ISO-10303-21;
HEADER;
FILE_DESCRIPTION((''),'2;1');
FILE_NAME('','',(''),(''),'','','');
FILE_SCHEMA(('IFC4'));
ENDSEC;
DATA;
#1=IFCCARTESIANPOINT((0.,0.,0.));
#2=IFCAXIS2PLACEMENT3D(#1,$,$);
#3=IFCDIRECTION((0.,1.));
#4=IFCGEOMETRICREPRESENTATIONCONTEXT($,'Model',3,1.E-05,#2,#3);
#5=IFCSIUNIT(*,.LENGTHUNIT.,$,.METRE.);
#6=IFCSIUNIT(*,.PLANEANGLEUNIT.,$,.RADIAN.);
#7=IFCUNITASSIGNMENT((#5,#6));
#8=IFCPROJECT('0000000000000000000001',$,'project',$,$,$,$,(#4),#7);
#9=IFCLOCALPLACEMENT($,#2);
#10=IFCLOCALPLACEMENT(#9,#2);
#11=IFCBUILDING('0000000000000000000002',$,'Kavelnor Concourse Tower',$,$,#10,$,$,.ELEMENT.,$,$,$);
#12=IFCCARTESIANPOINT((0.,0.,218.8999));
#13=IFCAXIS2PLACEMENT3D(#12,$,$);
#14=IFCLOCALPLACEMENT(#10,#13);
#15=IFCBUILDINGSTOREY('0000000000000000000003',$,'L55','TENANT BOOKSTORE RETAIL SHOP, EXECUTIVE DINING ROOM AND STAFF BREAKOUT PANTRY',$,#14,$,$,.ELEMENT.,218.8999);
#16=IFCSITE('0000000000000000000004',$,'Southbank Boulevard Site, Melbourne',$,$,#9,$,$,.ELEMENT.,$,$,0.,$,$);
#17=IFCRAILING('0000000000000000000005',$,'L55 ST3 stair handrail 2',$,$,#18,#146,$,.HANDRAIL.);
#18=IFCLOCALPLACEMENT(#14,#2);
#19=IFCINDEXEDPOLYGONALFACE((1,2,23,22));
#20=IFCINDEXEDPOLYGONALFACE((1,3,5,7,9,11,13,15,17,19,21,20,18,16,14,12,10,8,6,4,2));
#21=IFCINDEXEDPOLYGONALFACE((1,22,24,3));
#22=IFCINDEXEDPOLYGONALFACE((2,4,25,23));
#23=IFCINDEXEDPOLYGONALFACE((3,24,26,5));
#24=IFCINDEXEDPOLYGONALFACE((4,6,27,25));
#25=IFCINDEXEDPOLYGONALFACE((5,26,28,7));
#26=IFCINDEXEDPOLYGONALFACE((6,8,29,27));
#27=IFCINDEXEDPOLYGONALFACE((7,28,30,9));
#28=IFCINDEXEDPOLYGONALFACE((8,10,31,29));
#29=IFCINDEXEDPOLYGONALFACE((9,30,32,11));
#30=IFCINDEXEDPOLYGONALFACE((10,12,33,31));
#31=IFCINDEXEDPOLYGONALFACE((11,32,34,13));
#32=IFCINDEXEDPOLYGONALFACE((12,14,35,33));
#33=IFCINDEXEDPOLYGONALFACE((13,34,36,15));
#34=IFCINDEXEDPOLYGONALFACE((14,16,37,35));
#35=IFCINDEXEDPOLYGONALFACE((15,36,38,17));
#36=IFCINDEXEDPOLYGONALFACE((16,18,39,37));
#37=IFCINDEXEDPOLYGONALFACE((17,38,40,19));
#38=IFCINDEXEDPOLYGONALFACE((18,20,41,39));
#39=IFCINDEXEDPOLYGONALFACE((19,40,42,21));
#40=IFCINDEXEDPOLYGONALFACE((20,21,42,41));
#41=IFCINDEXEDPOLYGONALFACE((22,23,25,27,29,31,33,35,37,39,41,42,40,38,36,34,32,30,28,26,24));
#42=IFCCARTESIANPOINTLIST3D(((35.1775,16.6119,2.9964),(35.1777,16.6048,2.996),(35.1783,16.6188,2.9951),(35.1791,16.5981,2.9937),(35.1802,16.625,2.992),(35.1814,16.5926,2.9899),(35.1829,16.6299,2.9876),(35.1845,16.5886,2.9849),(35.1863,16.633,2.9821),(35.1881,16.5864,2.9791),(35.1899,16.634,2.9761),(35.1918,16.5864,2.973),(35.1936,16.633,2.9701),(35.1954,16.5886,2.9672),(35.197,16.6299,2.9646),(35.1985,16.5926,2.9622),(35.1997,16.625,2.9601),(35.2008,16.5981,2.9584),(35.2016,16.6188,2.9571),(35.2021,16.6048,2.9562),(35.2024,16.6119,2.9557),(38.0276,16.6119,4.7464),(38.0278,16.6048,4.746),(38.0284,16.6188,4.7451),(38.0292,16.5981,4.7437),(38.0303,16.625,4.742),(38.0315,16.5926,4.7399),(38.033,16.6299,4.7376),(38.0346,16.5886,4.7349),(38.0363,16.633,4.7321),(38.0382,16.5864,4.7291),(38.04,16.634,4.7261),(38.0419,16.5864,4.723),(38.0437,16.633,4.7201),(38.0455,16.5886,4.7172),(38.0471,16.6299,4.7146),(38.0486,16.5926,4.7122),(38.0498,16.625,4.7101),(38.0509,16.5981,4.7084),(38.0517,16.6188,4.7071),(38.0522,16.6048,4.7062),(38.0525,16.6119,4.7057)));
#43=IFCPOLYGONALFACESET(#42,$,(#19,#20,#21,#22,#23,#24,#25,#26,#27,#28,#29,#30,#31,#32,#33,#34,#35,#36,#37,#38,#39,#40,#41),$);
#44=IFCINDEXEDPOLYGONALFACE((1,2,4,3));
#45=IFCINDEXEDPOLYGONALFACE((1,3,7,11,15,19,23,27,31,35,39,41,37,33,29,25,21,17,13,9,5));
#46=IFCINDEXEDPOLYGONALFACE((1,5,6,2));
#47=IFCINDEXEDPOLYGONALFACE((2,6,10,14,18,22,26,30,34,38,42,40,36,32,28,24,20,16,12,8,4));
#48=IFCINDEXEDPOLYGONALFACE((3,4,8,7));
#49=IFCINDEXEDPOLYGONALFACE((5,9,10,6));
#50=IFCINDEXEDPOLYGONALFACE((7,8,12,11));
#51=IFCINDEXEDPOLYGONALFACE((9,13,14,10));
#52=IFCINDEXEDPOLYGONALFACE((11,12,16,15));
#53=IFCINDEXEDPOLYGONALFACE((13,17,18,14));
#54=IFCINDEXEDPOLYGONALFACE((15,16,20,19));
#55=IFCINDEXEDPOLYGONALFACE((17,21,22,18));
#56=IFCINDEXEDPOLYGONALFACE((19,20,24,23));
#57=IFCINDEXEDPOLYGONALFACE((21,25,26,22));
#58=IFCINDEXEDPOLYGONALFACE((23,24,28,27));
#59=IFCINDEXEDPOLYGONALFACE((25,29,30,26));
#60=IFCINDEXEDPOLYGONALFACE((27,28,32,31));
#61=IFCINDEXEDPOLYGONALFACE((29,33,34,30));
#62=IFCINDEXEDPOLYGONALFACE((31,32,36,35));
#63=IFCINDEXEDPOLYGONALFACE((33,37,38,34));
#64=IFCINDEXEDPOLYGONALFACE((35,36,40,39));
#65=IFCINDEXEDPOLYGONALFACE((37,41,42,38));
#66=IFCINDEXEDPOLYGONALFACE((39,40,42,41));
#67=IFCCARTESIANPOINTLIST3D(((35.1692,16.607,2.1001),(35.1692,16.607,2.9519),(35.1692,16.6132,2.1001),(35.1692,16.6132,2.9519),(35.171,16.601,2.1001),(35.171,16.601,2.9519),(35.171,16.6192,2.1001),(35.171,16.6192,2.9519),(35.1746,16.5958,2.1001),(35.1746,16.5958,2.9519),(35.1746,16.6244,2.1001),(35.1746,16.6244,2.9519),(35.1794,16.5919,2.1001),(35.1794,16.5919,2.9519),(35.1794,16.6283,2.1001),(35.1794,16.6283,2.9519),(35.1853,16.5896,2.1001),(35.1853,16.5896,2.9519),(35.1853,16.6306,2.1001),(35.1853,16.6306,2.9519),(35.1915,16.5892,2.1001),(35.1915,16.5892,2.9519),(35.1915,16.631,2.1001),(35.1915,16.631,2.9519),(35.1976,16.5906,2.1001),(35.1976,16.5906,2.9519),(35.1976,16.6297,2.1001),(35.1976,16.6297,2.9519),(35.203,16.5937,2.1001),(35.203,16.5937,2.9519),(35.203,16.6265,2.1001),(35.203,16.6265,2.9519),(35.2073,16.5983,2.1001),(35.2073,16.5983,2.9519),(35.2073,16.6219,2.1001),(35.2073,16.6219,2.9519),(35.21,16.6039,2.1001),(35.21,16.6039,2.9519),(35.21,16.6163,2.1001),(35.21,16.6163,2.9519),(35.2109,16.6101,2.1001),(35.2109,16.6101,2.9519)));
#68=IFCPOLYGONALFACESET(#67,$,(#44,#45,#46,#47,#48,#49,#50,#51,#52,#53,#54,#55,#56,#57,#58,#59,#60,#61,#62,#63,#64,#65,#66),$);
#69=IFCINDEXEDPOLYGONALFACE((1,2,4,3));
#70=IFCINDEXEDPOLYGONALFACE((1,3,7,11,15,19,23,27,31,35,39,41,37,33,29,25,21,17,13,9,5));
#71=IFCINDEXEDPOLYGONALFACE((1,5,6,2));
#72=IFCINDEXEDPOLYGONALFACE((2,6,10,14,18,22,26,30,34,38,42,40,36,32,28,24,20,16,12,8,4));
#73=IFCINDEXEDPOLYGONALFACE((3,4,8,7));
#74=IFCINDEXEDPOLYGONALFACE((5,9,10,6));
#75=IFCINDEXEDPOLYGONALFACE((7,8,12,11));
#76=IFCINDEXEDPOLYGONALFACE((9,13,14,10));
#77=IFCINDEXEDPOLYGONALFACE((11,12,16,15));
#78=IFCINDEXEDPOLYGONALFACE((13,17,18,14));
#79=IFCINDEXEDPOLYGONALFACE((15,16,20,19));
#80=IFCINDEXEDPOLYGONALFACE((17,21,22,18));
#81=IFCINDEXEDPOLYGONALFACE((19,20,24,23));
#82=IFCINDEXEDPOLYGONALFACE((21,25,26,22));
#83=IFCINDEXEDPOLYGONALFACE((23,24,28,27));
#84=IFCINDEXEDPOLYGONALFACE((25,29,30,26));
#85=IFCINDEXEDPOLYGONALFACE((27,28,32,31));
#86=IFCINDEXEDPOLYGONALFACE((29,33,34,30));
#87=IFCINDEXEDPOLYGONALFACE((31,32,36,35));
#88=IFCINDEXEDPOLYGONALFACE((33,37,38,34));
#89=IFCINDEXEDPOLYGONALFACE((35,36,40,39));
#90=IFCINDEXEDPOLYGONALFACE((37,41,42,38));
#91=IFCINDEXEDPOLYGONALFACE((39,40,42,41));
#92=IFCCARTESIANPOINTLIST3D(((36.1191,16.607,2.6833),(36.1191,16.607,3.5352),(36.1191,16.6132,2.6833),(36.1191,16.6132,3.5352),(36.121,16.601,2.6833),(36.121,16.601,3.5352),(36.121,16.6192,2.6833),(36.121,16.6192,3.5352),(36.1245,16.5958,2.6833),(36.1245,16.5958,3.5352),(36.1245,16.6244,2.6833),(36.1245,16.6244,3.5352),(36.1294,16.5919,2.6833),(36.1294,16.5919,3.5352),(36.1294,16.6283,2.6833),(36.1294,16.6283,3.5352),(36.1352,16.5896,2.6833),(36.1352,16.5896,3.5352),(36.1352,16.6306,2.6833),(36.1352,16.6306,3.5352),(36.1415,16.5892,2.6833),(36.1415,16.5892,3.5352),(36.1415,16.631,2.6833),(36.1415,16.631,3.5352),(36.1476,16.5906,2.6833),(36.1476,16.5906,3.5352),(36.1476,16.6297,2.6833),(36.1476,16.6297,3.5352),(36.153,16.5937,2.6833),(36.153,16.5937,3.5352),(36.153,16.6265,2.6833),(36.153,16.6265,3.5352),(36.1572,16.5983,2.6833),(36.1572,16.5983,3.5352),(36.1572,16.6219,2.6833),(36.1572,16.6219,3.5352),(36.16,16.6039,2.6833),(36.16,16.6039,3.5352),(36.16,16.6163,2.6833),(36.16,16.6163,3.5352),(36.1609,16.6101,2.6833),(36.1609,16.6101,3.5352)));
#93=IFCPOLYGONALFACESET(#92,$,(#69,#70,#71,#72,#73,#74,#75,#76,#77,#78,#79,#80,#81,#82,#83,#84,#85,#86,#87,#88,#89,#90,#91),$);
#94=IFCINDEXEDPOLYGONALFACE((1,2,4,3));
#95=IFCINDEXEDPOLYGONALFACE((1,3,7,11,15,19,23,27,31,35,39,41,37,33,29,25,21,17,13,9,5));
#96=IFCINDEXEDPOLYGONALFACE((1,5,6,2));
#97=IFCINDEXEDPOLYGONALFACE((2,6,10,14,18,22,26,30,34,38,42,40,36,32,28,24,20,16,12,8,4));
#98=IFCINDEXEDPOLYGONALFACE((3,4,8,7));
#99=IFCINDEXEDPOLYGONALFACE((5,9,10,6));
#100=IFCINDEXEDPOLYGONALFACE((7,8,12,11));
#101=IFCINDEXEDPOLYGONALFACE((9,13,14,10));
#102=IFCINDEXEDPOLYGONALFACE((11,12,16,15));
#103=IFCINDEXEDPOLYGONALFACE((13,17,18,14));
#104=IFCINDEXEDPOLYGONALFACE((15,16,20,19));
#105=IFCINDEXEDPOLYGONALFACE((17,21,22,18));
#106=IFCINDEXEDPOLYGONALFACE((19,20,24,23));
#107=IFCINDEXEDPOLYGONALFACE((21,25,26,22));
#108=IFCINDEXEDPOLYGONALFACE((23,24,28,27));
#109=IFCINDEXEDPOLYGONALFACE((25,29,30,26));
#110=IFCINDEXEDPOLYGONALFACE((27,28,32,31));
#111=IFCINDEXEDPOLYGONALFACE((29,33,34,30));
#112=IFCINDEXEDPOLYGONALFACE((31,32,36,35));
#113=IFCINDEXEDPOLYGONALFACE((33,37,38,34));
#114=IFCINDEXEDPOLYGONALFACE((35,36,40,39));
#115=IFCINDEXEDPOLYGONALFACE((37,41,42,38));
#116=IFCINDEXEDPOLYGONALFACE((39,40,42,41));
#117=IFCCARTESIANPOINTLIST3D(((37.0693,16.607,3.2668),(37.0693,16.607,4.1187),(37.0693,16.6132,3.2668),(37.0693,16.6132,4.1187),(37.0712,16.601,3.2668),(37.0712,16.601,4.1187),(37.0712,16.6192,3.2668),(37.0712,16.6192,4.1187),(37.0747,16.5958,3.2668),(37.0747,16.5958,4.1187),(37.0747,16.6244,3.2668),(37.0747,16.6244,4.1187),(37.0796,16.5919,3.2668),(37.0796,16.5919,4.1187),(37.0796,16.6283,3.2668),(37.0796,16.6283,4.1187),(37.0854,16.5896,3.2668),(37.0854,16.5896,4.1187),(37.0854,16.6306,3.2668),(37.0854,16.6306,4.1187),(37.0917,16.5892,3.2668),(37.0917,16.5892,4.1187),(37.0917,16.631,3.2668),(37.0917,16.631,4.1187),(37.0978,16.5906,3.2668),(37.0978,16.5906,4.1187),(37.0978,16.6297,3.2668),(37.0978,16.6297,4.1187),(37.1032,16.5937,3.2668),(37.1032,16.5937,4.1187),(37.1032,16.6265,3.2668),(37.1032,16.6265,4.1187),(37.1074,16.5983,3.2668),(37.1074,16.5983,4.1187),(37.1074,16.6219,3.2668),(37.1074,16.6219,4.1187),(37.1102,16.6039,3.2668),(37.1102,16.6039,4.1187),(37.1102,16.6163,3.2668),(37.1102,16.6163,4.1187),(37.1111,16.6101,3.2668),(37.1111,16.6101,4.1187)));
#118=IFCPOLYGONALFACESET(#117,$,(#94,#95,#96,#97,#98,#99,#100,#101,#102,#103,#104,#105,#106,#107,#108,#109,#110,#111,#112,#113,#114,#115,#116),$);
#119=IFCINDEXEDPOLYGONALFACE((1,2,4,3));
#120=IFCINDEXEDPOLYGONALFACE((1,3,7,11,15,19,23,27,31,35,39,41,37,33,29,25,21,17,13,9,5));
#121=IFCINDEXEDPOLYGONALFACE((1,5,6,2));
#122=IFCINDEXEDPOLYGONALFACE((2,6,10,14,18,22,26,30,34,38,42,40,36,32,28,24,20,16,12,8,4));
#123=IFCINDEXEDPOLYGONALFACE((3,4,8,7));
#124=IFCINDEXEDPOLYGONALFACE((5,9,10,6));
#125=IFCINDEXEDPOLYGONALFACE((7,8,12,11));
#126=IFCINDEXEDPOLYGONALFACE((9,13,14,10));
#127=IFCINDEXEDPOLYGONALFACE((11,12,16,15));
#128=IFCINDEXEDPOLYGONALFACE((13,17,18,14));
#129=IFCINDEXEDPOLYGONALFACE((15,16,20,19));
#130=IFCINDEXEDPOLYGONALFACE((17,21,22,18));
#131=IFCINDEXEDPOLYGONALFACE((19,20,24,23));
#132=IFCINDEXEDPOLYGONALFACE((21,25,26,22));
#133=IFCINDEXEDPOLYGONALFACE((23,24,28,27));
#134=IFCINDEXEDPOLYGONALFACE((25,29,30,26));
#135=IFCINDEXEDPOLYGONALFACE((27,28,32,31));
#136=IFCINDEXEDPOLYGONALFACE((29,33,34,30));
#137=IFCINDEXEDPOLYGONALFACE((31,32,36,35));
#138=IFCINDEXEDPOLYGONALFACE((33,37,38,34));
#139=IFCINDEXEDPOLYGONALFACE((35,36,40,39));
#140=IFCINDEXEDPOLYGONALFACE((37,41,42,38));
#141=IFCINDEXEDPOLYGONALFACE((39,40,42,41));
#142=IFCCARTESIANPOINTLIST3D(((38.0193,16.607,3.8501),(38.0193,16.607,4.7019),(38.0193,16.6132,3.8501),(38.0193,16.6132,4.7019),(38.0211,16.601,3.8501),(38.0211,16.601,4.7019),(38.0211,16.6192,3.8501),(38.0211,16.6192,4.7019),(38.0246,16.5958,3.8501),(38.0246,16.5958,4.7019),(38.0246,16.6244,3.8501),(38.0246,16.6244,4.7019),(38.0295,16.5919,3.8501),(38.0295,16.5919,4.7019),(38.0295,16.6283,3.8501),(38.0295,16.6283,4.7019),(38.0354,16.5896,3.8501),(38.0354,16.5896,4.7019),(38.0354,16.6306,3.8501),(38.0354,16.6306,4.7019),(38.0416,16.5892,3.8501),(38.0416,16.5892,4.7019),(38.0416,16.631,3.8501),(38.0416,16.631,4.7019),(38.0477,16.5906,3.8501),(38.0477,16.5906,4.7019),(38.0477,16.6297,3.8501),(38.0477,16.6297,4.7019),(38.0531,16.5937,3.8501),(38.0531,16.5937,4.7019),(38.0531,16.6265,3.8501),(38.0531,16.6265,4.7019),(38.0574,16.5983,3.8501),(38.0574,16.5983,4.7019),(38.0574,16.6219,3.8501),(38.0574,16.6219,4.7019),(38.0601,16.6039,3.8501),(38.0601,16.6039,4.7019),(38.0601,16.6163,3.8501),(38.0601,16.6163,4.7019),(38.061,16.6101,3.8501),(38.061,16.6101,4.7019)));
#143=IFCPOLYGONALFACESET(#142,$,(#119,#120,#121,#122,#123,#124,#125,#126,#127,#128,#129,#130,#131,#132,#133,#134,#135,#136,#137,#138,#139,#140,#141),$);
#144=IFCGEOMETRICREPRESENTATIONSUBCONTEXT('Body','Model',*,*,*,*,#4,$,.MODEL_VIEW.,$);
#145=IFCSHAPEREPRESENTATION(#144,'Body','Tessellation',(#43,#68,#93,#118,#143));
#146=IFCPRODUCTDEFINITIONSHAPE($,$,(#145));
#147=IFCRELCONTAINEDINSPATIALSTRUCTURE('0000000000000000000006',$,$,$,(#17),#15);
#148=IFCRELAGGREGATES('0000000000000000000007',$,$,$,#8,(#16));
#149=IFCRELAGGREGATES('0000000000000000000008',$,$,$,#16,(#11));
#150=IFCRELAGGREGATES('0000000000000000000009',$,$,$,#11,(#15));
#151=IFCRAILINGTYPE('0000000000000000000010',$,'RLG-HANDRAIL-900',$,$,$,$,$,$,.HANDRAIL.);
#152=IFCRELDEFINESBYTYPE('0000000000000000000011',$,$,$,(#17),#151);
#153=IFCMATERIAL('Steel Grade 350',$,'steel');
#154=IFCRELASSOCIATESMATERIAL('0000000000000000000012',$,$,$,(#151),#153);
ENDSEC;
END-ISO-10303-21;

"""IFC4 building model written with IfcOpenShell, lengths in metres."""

from ifc_helpers import new_model, si_unit, direction, frame, origin, origin_2d, place, context, subcontext, project, spatial, circle, extrude, material, type_object, element, save


model = new_model("IFC4")

# Units and contexts
model_context = context("Model", 3, precision=1e-05, world=origin(), true_north=direction((0.0, 1.0)))
body_context = subcontext(model_context, "Body", "Model", "MODEL_VIEW")
ifc_project = project(units=[si_unit("LENGTHUNIT", "METRE"), si_unit("PLANEANGLEUNIT", "RADIAN")], contexts=[model_context])

# Site, building, storey
site_placement = place(None, origin())
site = spatial("IfcSite", under=ifc_project, at=site_placement, Name="Southbank Boulevard Site, Melbourne", CompositionType="ELEMENT", RefElevation=0.0)
building_placement = place(site_placement, origin())
building = spatial("IfcBuilding", under=site, at=building_placement, Name="Kavelnor Concourse Tower", CompositionType="ELEMENT")
storey_placement = place(building_placement, frame((0.0, 0.0, 218.8999)))
storey = spatial("IfcBuildingStorey", under=building, at=storey_placement, Name="L55", Description="TENANT BOOKSTORE RETAIL SHOP, EXECUTIVE DINING ROOM AND STAFF BREAKOUT PANTRY", CompositionType="ELEMENT", Elevation=218.8999)

# Shared definitions
ifc_material_1 = material(Name="Steel Grade 350", Category="steel")

# Railing
railing_type_1 = type_object("IfcRailingType", Name="RLG-HANDRAIL-900", PredefinedType="HANDRAIL", material=ifc_material_1)
railing_1_placement = place(storey_placement, frame((35.1899, 16.6101, 2.1001)))
element("IfcRailing", 1, at=railing_1_placement, inside=storey, type_object=railing_type_1, Name="L55 ST3 stair handrail 2", PredefinedType="HANDRAIL", context=body_context, shape_type="SweptSolid", body=[
    extrude(circle(Radius=0.0239, at=origin_2d()), frame((0.0, 0.0, 0.876), z_axis=(0.852179, 0.0, 0.52325), x_axis=(0.0, 1.0, 0.0)), (0.0, 0.0, 1.0), 3.3445),
    extrude(circle(Radius=0.021, at=origin_2d()), origin(), (0.0, 0.0, 1.0), 0.8518),
    extrude(circle(Radius=0.021, at=origin_2d()), frame((0.95, 0.0, 0.5833)), (0.0, 0.0, 1.0), 0.8518),
    extrude(circle(Radius=0.021, at=origin_2d()), frame((1.9001, 0.0, 1.1667)), (0.0, 0.0, 1.0), 0.8518),
    extrude(circle(Radius=0.021, at=origin_2d()), frame((2.8501, 0.0, 1.75)), (0.0, 0.0, 1.0), 0.8518),
])

save(model, "model.ifc")
